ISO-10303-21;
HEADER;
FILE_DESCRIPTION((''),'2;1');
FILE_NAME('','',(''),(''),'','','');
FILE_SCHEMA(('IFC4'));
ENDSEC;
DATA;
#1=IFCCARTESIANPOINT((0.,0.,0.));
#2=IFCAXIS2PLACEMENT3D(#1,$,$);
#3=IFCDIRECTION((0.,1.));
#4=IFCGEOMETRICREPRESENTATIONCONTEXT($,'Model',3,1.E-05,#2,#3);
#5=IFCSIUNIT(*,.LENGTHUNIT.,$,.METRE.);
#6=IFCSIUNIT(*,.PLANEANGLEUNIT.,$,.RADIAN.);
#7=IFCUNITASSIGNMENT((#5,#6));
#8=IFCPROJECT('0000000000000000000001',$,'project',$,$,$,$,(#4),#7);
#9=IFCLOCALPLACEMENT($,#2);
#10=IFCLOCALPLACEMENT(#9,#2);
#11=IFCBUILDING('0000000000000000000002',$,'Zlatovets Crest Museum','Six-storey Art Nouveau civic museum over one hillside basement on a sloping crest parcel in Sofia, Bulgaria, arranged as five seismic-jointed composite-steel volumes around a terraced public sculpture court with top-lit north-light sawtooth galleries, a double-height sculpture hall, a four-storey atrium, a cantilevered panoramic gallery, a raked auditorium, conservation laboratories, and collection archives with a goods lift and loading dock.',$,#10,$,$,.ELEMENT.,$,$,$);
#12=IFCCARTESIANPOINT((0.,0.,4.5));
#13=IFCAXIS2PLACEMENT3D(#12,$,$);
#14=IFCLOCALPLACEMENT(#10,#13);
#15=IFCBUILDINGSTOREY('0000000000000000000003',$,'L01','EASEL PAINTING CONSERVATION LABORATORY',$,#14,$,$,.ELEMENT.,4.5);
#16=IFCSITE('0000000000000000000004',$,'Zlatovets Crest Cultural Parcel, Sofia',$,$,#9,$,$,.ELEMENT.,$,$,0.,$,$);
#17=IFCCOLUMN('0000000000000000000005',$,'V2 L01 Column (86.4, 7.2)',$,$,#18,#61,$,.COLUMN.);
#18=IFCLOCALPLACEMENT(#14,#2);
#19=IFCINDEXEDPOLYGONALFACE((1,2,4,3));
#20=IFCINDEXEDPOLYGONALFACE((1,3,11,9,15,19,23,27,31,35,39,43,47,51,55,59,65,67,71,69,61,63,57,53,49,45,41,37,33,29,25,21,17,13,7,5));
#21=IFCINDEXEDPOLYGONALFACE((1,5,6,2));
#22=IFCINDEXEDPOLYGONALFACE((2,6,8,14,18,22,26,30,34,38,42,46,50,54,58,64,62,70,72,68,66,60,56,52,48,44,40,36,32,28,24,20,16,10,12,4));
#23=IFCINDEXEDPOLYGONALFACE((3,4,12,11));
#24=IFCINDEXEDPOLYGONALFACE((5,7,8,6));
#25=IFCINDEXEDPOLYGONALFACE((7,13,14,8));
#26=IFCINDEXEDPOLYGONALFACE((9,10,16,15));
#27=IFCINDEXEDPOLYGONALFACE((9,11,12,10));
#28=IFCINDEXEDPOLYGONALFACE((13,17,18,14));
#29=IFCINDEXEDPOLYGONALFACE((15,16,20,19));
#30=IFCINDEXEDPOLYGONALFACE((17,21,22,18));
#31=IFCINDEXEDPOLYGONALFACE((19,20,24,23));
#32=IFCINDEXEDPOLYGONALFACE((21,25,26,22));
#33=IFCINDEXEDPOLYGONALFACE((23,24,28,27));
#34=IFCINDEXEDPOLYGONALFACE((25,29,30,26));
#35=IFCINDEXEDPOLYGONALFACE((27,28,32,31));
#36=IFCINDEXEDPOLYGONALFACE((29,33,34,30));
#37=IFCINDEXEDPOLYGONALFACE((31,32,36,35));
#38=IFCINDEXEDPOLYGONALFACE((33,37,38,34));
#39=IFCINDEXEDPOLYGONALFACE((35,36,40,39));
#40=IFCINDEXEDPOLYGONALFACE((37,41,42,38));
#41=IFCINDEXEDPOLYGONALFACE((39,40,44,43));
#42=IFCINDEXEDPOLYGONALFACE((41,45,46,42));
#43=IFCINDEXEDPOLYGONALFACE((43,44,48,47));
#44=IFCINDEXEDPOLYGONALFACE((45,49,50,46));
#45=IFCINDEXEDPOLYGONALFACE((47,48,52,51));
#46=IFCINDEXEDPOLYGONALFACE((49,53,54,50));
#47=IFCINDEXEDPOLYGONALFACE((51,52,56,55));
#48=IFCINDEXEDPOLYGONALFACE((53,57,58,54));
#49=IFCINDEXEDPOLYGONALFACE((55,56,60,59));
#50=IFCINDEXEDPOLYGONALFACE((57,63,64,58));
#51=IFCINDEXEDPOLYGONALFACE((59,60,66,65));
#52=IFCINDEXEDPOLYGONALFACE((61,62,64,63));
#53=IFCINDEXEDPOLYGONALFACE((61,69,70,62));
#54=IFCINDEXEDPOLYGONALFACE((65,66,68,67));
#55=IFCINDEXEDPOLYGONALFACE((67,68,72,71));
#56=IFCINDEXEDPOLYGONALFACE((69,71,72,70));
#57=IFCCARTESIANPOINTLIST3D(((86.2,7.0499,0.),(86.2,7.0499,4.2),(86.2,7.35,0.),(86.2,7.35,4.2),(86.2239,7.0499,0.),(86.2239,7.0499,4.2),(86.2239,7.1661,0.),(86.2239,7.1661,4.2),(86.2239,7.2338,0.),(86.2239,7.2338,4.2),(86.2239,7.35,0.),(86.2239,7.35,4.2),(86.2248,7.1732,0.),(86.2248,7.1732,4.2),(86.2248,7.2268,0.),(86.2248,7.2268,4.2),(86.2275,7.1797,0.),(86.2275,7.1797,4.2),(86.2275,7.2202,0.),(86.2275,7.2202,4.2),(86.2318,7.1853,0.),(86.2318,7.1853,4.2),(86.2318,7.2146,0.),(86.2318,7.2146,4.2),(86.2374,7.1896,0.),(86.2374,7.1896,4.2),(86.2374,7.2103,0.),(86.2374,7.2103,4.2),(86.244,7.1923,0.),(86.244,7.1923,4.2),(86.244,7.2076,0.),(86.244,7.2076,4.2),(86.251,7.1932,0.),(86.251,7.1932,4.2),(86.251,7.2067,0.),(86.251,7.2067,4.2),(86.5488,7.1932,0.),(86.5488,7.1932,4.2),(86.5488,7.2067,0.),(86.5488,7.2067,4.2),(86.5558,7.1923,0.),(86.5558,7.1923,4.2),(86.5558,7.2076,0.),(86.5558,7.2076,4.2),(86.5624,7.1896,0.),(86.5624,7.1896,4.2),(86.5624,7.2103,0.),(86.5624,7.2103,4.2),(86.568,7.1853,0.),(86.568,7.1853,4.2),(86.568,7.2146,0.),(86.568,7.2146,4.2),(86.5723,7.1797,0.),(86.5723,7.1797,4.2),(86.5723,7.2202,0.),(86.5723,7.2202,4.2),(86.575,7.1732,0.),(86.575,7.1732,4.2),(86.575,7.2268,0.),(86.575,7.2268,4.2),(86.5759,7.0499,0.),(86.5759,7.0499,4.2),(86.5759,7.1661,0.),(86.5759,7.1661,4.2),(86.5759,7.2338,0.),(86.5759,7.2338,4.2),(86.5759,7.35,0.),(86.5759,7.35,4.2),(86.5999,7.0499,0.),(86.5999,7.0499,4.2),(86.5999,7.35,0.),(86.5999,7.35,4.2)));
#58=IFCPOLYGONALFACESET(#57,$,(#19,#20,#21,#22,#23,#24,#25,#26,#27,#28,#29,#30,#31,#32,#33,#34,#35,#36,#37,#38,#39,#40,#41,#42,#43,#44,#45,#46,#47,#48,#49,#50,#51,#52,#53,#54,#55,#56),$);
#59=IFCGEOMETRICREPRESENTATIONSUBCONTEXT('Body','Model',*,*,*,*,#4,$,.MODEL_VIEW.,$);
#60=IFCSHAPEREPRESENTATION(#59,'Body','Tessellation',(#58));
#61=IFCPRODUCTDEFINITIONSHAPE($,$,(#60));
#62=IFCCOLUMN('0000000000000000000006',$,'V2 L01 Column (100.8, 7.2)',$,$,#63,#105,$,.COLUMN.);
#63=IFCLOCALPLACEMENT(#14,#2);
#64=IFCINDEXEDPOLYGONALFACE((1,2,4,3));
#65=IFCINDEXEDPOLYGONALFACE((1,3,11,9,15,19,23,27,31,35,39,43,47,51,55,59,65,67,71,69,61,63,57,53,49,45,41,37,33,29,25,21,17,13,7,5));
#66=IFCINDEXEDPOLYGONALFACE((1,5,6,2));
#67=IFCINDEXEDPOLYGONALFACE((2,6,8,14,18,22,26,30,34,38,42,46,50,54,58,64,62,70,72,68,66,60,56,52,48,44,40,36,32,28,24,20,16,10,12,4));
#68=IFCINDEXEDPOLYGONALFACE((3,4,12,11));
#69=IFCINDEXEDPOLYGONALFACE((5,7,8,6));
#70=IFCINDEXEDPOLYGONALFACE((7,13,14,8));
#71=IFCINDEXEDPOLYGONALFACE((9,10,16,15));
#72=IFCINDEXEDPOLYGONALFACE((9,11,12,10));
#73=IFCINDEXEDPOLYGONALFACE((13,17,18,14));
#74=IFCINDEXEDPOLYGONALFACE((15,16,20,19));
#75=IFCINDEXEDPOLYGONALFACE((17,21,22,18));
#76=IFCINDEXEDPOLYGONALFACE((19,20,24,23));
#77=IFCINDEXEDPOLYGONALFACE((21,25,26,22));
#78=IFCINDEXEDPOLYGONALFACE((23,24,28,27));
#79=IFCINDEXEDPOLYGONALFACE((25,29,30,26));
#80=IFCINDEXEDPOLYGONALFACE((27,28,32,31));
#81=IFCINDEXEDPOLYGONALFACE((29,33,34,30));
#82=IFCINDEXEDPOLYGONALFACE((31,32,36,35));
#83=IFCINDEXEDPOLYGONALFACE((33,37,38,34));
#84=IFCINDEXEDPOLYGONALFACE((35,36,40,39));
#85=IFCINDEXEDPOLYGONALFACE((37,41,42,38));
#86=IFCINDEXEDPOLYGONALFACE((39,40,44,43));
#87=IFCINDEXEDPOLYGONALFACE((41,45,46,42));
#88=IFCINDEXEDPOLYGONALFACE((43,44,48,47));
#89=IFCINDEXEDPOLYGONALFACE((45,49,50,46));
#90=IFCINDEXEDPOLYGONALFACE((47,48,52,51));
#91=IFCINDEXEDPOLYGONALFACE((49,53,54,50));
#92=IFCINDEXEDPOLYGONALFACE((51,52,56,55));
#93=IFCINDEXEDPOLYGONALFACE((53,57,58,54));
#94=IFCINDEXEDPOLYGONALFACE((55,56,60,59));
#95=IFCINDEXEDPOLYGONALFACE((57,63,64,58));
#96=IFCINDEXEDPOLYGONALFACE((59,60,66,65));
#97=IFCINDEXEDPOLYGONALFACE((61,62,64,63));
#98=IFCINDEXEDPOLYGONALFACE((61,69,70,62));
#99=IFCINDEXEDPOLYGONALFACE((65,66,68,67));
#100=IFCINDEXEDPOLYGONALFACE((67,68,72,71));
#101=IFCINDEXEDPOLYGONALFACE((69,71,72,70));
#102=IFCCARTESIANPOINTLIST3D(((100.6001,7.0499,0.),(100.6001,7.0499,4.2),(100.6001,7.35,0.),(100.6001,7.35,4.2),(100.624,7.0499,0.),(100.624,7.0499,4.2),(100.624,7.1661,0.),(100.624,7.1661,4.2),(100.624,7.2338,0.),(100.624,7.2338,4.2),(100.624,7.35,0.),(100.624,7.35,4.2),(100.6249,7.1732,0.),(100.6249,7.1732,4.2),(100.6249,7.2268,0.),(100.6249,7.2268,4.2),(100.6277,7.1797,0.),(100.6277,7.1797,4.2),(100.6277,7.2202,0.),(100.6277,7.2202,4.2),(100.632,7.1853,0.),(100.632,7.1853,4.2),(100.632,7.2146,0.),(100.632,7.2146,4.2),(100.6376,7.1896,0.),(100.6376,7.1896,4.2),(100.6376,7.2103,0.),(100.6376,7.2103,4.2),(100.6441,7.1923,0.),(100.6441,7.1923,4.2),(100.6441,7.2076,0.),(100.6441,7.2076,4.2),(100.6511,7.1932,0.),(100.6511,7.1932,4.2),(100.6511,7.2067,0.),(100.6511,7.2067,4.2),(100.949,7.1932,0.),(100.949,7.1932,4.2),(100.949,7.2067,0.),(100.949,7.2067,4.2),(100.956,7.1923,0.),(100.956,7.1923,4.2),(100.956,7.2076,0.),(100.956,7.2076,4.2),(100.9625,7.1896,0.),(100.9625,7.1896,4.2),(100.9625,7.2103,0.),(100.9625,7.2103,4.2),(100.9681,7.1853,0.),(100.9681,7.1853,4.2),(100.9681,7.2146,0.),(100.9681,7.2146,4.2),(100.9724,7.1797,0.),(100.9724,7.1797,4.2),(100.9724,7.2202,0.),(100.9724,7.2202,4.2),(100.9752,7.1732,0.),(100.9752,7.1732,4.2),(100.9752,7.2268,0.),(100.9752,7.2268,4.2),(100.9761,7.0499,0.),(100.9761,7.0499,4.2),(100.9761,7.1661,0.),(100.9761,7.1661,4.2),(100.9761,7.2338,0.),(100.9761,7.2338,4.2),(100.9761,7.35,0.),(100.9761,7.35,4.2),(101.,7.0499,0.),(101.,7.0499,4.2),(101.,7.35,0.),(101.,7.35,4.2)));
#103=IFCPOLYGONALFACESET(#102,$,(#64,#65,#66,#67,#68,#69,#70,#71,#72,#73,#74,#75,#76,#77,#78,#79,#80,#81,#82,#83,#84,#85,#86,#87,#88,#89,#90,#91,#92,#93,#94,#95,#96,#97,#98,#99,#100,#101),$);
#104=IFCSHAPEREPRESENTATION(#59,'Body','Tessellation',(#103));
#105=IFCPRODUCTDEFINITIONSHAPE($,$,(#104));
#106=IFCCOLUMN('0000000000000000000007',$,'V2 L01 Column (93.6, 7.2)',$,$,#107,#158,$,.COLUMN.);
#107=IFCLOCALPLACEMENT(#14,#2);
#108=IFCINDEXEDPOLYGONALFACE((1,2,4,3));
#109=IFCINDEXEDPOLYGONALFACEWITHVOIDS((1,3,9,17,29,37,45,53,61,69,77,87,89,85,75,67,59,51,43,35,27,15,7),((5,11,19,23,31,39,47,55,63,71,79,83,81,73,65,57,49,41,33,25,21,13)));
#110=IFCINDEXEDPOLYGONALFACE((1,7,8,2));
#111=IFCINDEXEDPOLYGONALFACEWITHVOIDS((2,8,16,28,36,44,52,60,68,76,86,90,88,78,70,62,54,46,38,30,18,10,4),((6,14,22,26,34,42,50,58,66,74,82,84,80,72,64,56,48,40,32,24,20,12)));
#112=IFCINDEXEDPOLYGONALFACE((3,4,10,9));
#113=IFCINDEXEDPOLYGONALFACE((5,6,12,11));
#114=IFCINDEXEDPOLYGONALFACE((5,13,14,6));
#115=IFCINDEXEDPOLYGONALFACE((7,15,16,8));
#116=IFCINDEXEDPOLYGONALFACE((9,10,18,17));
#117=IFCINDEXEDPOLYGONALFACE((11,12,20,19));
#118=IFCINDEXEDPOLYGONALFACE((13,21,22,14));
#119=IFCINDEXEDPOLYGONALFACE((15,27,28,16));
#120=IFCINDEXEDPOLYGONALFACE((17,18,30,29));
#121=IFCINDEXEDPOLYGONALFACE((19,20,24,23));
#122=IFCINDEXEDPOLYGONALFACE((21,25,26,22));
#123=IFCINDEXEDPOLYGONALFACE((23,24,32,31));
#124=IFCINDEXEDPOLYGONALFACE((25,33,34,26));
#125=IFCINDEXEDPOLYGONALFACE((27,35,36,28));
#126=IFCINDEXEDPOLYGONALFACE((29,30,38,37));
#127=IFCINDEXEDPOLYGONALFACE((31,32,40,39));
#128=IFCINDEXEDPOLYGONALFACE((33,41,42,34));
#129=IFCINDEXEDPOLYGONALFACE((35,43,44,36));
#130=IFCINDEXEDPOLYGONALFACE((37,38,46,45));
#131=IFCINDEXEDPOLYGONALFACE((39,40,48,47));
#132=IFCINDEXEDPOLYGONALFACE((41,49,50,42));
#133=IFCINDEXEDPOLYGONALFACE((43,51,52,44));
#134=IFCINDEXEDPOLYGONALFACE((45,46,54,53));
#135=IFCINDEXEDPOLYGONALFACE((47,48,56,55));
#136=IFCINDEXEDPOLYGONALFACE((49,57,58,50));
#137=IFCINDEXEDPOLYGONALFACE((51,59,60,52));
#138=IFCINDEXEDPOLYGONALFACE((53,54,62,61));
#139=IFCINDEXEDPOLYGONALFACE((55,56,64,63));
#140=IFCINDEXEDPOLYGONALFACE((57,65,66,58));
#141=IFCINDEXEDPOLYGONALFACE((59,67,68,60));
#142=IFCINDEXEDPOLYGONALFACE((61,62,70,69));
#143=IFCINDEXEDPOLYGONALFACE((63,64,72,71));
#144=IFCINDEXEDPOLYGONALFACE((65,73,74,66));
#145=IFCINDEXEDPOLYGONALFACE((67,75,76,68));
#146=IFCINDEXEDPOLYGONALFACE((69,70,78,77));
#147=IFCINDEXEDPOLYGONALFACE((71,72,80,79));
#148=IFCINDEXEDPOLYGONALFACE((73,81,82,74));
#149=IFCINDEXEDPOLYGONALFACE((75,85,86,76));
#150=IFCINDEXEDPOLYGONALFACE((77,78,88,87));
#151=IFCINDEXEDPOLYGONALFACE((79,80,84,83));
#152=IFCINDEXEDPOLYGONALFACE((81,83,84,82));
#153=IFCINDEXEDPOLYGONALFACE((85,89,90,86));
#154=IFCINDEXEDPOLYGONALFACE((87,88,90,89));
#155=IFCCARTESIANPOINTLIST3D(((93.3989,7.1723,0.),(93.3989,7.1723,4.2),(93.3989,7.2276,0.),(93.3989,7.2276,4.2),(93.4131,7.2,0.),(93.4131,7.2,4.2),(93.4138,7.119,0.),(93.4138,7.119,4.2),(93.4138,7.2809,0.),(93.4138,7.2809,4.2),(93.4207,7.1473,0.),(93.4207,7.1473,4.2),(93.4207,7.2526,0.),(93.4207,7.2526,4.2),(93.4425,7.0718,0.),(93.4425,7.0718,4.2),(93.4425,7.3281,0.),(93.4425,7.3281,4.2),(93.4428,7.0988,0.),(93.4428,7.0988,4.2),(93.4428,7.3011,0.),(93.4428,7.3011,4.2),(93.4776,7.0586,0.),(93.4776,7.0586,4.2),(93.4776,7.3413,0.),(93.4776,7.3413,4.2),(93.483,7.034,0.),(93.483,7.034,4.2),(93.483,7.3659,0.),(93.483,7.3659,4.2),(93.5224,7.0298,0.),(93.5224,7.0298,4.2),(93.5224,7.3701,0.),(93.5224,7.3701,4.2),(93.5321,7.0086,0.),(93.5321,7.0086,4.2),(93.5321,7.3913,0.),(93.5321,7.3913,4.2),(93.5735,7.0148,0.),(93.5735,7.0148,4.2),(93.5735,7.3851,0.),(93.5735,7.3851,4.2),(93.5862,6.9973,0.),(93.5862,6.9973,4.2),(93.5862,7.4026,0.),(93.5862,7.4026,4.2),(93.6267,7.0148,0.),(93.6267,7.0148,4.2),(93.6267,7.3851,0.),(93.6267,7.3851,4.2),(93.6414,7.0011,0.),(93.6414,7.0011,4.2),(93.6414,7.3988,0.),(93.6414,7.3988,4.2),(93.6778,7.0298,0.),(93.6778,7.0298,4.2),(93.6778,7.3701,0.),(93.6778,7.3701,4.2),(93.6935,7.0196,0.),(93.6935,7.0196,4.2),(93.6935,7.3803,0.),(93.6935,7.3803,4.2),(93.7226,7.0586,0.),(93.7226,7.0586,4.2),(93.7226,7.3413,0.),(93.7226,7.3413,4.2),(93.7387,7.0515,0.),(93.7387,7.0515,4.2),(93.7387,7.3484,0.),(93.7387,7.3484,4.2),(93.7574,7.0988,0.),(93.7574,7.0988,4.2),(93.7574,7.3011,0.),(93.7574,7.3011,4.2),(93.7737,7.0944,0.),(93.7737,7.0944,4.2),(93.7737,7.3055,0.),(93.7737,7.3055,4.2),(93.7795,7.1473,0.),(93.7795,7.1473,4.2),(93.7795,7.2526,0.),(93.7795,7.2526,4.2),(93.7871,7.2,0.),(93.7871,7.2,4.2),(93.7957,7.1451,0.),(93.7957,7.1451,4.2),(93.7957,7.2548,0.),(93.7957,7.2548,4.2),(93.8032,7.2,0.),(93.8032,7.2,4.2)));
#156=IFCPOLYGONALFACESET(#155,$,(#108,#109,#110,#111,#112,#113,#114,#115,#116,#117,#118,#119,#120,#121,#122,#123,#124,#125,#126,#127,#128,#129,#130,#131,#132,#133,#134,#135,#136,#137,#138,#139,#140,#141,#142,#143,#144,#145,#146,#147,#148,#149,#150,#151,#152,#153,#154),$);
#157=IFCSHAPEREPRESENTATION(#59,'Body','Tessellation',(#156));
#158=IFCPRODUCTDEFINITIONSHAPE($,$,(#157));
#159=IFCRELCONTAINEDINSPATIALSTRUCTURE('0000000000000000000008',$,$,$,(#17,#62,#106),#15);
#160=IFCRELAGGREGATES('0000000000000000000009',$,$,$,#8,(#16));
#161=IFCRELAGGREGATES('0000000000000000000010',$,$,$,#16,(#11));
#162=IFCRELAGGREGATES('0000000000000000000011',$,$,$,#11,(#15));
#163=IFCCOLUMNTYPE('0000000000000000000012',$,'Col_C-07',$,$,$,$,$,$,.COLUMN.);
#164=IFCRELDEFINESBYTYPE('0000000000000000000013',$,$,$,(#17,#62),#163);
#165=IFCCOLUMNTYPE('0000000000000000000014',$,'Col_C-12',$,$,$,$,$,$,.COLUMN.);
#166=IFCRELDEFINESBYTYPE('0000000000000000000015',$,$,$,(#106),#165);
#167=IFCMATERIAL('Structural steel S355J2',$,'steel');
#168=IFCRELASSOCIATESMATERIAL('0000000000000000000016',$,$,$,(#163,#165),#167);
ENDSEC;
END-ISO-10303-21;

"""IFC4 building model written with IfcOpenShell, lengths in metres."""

from ifc_helpers import new_model, si_unit, direction, frame, origin, origin_2d, place, context, subcontext, project, spatial, hollow_circle, i_section, extrude, material, material_profile, profile_set, type_object, element, save


model = new_model("IFC4")

# Units and contexts
model_context = context("Model", 3, precision=1e-05, world=origin(), true_north=direction((0.0, 1.0)))
body_context = subcontext(model_context, "Body", "Model", "MODEL_VIEW")
ifc_project = project(units=[si_unit("LENGTHUNIT", "METRE"), si_unit("PLANEANGLEUNIT", "RADIAN")], contexts=[model_context])

# Site, building, storey
site_placement = place(None, origin())
site = spatial("IfcSite", under=ifc_project, at=site_placement, Name="Zlatovets Crest Cultural Parcel, Sofia", CompositionType="ELEMENT", RefElevation=0.0)
building_placement = place(site_placement, origin())
building = spatial("IfcBuilding", under=site, at=building_placement, Name="Zlatovets Crest Museum", Description="Six-storey Art Nouveau civic museum over one hillside basement on a sloping crest parcel in Sofia, Bulgaria, arranged as five seismic-jointed composite-steel volumes around a terraced public sculpture court with top-lit north-light sawtooth galleries, a double-height sculpture hall, a four-storey atrium, a cantilevered panoramic gallery, a raked auditorium, conservation laboratories, and collection archives with a goods lift and loading dock.", CompositionType="ELEMENT")
storey_placement = place(building_placement, frame((0.0, 0.0, 4.5)))
storey = spatial("IfcBuildingStorey", under=building, at=storey_placement, Name="L01", Description="EASEL PAINTING CONSERVATION LABORATORY", CompositionType="ELEMENT", Elevation=4.5)

# Columns
ifc_material_1 = material(Name="Structural steel S355J2", Category="steel")
ifc_material_profile_1 = material_profile(ifc_material_1, i_section(OverallWidth=0.3, OverallDepth=0.3999, WebThickness=0.0134, FlangeThickness=0.0239, FilletRadius=0.0271, at=origin_2d()), Name="HEB 400")
ifc_profile_set_1 = profile_set([ifc_material_profile_1], Name="Structural steel S355J2")
column_type_1 = type_object("IfcColumnType", Name="Col_C-07", PredefinedType="COLUMN", material=ifc_profile_set_1)
for number, where, z_axis, x_axis, name in (
    (1, (86.3999, 7.2, 0.0), (0.0, 0.0, 1.0), (0.0, 1.0, 0.0), "V2 L01 Column (86.4, 7.2)"),
    (2, (100.8, 7.2, 0.0), (0.0, 0.0, 1.0), (0.0, 1.0, 0.0), "V2 L01 Column (100.8, 7.2)"),
):
    element("IfcColumn", number, at=place(storey_placement, frame(where, z_axis=z_axis, x_axis=x_axis)), inside=storey, type_object=column_type_1, Name=name, PredefinedType="COLUMN", context=body_context, shape_type="SweptSolid", body=[
        extrude(i_section(OverallWidth=0.3, OverallDepth=0.3999, WebThickness=0.0134, FlangeThickness=0.0239, FilletRadius=0.0271, at=origin_2d()), origin(), (0.0, 0.0, 1.0), 4.2),
    ])
ifc_material_profile_2 = material_profile(ifc_material_1, hollow_circle(Radius=0.2031, WallThickness=0.0161, at=origin_2d()), Name="CHS 406.4x16.0")
ifc_profile_set_2 = profile_set([ifc_material_profile_2], Name="Structural steel S355J2")
column_type_2 = type_object("IfcColumnType", Name="Col_C-12", PredefinedType="COLUMN", material=ifc_profile_set_2)
column_placement = place(storey_placement, frame((93.6001, 7.2, 0.0), z_axis=(0.0, 0.0, 1.0), x_axis=(1.0, 0.0, 0.0)))
element("IfcColumn", 3, at=column_placement, inside=storey, type_object=column_type_2, Name="V2 L01 Column (93.6, 7.2)", PredefinedType="COLUMN", context=body_context, shape_type="SweptSolid", body=[
    extrude(hollow_circle(Radius=0.2031, WallThickness=0.0161, at=origin_2d()), origin(), (0.0, 0.0, 1.0), 4.2),
])

save(model, "model.ifc")
